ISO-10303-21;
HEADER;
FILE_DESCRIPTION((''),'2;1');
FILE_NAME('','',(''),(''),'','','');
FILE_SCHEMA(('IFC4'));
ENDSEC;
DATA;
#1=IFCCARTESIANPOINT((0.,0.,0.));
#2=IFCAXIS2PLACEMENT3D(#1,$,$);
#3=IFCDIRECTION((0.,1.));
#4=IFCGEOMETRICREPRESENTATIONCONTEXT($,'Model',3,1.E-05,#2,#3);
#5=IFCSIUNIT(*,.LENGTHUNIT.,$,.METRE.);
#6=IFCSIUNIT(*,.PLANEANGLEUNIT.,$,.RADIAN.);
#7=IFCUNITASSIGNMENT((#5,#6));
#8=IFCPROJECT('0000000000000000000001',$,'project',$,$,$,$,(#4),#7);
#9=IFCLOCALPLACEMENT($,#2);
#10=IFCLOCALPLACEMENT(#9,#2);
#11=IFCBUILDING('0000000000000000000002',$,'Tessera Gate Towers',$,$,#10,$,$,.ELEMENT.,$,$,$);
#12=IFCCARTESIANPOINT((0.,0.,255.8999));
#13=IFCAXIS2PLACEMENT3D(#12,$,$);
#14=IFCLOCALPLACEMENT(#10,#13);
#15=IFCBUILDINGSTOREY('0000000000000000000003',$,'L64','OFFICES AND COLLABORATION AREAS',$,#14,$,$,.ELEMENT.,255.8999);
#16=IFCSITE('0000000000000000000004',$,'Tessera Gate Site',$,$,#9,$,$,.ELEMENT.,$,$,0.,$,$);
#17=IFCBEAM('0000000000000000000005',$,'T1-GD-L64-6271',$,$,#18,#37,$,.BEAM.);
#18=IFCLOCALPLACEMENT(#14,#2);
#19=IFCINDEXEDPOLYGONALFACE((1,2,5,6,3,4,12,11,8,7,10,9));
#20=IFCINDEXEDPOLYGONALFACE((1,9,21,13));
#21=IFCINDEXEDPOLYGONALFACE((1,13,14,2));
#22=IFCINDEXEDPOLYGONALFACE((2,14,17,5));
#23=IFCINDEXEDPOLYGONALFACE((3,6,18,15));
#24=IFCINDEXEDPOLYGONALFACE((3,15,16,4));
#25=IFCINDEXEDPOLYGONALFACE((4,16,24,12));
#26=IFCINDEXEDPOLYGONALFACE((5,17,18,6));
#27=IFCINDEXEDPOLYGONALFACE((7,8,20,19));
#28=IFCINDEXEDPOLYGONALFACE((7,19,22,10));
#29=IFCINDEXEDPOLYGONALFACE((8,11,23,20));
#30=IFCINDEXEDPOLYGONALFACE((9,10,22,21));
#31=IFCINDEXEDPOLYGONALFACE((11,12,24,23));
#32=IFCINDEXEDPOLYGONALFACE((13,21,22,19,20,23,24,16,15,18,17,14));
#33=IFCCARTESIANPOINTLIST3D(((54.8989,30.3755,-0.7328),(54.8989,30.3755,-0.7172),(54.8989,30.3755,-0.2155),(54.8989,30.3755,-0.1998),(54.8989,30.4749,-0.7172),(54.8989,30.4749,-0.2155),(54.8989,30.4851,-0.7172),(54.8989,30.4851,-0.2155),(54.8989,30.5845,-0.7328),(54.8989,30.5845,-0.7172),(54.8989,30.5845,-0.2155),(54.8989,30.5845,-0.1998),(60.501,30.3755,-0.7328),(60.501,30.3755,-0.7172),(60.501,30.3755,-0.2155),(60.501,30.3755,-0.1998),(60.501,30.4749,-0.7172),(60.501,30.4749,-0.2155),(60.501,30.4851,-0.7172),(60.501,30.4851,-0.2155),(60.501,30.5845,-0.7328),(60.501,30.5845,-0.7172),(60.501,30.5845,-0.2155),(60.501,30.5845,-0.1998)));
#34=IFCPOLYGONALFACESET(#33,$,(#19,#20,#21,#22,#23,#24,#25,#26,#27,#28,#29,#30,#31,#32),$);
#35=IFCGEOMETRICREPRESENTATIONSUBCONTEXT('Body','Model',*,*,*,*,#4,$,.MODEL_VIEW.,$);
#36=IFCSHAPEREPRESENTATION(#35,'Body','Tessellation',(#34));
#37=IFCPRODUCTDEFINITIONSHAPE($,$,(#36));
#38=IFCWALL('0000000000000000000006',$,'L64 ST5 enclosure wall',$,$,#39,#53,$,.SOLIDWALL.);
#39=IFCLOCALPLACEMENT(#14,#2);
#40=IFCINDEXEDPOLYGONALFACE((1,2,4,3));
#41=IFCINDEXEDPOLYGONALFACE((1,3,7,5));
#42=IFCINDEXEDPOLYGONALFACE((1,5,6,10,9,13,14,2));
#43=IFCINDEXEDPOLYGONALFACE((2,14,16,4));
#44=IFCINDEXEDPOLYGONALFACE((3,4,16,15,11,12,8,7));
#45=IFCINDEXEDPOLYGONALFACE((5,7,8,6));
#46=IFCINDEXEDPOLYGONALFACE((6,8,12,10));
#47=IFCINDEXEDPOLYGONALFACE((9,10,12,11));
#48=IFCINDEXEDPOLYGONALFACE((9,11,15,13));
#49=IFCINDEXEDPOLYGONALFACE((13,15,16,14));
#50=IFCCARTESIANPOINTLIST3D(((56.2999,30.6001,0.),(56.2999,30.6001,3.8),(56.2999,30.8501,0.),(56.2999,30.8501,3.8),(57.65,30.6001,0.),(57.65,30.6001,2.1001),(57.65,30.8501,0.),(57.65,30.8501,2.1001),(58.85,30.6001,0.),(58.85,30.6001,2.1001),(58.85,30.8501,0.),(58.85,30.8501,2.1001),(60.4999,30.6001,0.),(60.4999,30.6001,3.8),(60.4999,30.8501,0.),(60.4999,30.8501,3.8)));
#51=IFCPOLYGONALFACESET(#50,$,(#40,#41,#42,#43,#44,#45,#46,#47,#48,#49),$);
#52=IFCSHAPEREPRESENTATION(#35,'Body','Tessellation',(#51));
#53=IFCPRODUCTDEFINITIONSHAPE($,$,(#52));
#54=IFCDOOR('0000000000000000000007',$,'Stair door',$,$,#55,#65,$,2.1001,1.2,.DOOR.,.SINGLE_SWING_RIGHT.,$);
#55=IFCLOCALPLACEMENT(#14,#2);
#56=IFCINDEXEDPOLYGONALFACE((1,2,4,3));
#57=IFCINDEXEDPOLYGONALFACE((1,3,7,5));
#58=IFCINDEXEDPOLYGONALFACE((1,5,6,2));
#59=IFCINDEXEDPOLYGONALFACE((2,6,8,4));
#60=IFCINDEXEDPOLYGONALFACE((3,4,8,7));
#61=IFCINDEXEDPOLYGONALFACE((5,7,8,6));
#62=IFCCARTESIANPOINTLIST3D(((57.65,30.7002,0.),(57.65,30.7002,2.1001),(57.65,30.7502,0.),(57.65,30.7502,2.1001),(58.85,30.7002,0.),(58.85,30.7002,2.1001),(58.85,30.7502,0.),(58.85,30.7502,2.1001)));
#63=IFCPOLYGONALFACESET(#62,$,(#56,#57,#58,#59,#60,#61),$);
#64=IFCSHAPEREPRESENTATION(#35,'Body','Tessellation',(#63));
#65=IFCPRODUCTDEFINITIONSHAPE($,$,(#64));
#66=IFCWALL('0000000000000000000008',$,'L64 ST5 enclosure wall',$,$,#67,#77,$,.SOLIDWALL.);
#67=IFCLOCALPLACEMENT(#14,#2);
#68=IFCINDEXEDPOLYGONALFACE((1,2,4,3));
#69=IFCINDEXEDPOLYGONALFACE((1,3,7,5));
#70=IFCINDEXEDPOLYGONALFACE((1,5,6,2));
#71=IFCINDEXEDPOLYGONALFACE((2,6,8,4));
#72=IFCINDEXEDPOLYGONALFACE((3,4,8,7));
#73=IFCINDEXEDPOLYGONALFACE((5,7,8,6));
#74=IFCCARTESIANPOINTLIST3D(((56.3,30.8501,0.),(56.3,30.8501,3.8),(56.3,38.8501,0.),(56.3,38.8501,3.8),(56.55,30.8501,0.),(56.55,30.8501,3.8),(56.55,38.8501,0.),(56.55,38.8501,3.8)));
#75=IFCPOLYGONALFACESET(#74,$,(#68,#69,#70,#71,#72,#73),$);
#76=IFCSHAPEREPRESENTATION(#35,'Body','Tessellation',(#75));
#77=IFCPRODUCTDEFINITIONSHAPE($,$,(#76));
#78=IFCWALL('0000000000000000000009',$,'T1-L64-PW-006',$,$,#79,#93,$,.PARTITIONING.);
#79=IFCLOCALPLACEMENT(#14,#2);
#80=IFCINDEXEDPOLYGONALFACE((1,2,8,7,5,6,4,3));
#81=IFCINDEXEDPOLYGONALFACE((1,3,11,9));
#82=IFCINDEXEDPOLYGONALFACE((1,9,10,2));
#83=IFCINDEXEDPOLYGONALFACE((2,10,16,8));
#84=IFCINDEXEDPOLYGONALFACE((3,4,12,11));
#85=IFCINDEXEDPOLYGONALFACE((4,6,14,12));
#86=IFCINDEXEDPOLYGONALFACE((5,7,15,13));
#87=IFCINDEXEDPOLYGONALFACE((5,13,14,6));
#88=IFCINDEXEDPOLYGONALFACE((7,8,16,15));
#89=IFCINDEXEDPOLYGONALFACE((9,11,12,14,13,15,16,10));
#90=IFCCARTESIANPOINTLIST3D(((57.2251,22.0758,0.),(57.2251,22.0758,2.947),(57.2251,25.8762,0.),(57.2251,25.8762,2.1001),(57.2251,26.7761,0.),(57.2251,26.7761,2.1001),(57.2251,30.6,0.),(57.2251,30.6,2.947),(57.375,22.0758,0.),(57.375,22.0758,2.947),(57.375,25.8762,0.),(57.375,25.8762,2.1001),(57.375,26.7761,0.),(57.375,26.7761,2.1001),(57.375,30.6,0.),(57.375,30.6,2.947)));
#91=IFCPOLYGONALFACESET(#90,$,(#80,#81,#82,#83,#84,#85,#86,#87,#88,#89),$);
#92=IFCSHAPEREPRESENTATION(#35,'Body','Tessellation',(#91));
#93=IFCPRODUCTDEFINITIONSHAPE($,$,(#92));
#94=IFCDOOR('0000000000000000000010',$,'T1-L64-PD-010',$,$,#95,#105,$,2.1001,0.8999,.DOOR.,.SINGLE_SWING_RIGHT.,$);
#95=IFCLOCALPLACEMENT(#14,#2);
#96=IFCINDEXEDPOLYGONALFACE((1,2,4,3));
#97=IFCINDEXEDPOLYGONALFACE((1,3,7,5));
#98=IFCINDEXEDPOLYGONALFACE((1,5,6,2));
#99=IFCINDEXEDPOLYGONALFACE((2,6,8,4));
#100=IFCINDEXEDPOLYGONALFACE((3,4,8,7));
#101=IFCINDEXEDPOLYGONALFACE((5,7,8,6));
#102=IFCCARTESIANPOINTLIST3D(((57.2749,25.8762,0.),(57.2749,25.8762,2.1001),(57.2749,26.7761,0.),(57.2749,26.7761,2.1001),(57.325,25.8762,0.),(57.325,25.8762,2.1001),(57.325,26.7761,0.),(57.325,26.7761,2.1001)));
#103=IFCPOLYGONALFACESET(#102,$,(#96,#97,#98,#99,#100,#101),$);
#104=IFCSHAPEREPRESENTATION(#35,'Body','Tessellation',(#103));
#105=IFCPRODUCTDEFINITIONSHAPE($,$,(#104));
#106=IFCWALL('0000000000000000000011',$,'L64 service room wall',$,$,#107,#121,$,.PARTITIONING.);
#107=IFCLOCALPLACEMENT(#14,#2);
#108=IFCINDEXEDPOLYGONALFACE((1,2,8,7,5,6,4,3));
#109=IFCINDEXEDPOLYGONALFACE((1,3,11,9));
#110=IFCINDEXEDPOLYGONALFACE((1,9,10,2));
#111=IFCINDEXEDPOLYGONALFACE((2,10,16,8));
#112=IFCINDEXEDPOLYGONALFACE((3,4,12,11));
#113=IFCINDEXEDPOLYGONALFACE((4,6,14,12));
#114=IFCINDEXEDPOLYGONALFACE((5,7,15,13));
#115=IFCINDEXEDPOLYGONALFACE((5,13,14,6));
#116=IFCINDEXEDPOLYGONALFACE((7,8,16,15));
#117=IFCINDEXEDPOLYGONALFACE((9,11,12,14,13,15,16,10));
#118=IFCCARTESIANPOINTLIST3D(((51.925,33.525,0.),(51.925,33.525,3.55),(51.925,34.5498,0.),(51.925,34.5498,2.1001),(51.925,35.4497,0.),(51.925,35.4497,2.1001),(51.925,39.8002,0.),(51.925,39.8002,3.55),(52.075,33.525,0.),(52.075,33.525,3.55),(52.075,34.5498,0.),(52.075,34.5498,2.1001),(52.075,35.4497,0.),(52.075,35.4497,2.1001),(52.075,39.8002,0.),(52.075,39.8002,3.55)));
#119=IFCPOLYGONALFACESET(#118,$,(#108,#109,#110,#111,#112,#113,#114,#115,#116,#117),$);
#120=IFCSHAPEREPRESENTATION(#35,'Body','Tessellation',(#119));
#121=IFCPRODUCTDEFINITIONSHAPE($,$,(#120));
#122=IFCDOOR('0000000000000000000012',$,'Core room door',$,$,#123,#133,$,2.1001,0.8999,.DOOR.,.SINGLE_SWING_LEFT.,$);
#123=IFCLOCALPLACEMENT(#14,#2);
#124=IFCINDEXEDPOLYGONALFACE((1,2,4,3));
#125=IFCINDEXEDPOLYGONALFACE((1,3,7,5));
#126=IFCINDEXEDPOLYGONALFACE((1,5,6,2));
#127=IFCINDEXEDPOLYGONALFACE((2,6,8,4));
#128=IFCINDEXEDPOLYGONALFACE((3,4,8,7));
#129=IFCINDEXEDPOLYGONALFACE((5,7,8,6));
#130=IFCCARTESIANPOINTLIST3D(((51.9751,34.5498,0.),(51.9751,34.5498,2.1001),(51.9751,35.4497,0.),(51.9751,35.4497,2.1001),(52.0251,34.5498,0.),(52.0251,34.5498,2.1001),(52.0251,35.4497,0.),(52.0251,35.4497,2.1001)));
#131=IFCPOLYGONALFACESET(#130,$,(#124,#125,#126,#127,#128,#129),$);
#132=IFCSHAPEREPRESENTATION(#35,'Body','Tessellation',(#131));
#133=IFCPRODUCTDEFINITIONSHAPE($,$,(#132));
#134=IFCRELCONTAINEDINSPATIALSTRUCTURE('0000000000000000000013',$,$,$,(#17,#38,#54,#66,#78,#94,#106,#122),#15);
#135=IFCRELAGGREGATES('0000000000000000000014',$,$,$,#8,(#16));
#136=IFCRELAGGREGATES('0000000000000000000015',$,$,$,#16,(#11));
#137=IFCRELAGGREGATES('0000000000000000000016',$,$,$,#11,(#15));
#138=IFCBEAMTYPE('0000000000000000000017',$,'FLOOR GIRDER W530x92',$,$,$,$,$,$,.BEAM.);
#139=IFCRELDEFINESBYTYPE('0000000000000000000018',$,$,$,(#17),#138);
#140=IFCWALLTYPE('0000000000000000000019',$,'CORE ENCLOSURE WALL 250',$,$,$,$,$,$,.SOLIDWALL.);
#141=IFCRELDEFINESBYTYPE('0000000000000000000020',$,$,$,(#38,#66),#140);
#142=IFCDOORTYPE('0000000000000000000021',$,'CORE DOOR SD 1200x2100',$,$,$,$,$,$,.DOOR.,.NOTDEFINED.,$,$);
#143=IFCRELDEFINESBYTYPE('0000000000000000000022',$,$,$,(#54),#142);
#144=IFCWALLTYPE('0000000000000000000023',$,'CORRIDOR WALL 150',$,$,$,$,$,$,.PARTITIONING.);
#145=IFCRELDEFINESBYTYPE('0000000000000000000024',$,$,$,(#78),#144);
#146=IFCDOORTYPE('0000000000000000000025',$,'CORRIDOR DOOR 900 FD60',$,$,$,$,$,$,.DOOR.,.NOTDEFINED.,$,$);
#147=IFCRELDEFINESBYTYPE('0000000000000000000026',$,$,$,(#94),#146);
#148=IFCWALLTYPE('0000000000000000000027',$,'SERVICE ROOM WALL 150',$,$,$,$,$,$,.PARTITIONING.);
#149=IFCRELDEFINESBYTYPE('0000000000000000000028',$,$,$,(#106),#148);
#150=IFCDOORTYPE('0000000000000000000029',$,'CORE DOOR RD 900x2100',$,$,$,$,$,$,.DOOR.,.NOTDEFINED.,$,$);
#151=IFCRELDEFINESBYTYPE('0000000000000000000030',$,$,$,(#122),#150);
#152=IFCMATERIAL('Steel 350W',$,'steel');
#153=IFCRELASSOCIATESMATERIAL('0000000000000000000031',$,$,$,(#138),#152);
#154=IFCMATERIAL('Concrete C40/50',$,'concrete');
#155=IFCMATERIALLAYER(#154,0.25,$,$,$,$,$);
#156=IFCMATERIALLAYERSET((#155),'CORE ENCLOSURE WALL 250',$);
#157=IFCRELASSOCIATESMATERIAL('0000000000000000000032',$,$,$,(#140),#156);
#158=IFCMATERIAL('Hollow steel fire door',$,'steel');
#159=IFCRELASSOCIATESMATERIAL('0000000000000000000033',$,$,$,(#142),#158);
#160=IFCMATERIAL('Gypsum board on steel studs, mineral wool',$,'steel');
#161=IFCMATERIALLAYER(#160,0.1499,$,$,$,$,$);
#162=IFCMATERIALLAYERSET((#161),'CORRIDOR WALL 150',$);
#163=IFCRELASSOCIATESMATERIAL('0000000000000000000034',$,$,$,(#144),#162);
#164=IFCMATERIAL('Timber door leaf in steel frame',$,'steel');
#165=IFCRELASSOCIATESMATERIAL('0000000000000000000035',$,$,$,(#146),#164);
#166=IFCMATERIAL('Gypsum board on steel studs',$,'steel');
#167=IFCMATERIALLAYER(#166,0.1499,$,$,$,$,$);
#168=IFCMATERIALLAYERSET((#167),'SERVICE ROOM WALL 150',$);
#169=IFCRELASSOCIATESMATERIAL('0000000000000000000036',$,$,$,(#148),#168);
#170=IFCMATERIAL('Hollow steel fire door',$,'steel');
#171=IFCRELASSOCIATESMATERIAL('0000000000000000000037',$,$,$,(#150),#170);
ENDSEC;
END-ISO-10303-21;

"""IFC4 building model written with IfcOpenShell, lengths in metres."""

from ifc_helpers import new_model, si_unit, direction, frame, frame_2d, origin, origin_2d, place, context, subcontext, project, spatial, rectangle, i_section, extrude, source, transform, mapped, material, layer, layer_set, material_profile, profile_set, type_object, element, fill, save


model = new_model("IFC4")

# Units and contexts
model_context = context("Model", 3, precision=1e-05, world=origin(), true_north=direction((0.0, 1.0)))
body_context = subcontext(model_context, "Body", "Model", "MODEL_VIEW")
ifc_project = project(units=[si_unit("LENGTHUNIT", "METRE"), si_unit("PLANEANGLEUNIT", "RADIAN")], contexts=[model_context])

# Site, building, storey
site_placement = place(None, origin())
site = spatial("IfcSite", under=ifc_project, at=site_placement, Name="Tessera Gate Site", CompositionType="ELEMENT", RefElevation=0.0)
building_placement = place(site_placement, origin())
building = spatial("IfcBuilding", under=site, at=building_placement, Name="Tessera Gate Towers", CompositionType="ELEMENT")
storey_placement = place(building_placement, frame((0.0, 0.0, 255.8999)))
storey = spatial("IfcBuildingStorey", under=building, at=storey_placement, Name="L64", Description="OFFICES AND COLLABORATION AREAS", CompositionType="ELEMENT", Elevation=255.8999)

# Beam
ifc_material_1 = material(Name="Steel 350W", Category="steel")
ifc_material_profile = material_profile(ifc_material_1, i_section(OverallWidth=0.209, OverallDepth=0.533, WebThickness=0.0103, FlangeThickness=0.0156, at=origin_2d()), Name="W530x92")
ifc_profile_set = profile_set([ifc_material_profile], Name="Steel 350W")
beam_type = type_object("IfcBeamType", Name="FLOOR GIRDER W530x92", PredefinedType="BEAM", material=ifc_profile_set)
beam_placement = place(storey_placement, frame((54.8989, 30.48, -0.4663), z_axis=(1.0, 0.0, 0.0), x_axis=(0.0, 1.0, 0.0)))
element("IfcBeam", 1, at=beam_placement, inside=storey, type_object=beam_type, Name="T1-GD-L64-6271", PredefinedType="BEAM", context=body_context, shape_type="SweptSolid", body=[
    extrude(i_section(OverallWidth=0.209, OverallDepth=0.533, WebThickness=0.0103, FlangeThickness=0.0156, at=origin_2d()), origin(), (0.0, 0.0, 1.0), 5.6021),
])

# Wall, opening, door
ifc_material_2 = material(Name="Concrete C40/50", Category="concrete")
ifc_layer_1 = layer(ifc_material_2, 0.25)
ifc_layer_set_1 = layer_set([ifc_layer_1], Name="CORE ENCLOSURE WALL 250")
wall_type_1 = type_object("IfcWallType", Name="CORE ENCLOSURE WALL 250", PredefinedType="SOLIDWALL", material=ifc_layer_set_1)
wall_1_placement = place(storey_placement, frame((60.5, 30.7251, 0.0), z_axis=(0.0, 0.0, 1.0), x_axis=(-1.0, 0.0, 0.0)))
wall_1 = element("IfcWall", 2, at=wall_1_placement, inside=storey, type_object=wall_type_1, Name="L64 ST5 enclosure wall", PredefinedType="SOLIDWALL", context=body_context, shape_type="SweptSolid", body=[
    extrude(rectangle(XDim=4.2, YDim=0.25, at=frame_2d((2.1001, 0.0))), origin(), (0.0, 0.0, 1.0), 3.8),
])
shared_shape_1 = source(origin(), body_context, "Body", "SweptSolid", [
    extrude(rectangle(XDim=1.2, YDim=2.1001, at=frame_2d((0.6001, 1.05))), frame((0.0, 0.135, 0.0), z_axis=(0.0, -1.0, 0.0), x_axis=(1.0, 0.0, 0.0)), (0.0, 0.0, 1.0), 0.27),
])
opening_1_placement = place(wall_1_placement, frame((1.6499, 0.0, 0.0)))
opening_1 = element("IfcOpeningElement", 3, at=opening_1_placement, cuts=wall_1, PredefinedType="OPENING", context=body_context, shape_type="MappedRepresentation", body=[
    mapped(shared_shape_1, transform((0.0, 0.0, 0.0), scale=1.0)),
])
ifc_material_3 = material(Name="Hollow steel fire door", Category="steel")
door_type_1 = type_object("IfcDoorType", Name="CORE DOOR SD 1200x2100", OperationType="NOTDEFINED", PredefinedType="DOOR", material=ifc_material_3)
shared_shape_2 = source(origin(), body_context, "Body", "SweptSolid", [
    extrude(rectangle(XDim=1.2, YDim=2.1001, at=frame_2d((0.6001, 1.05))), frame((0.0, 0.0249, 0.0), z_axis=(0.0, -1.0, 0.0), x_axis=(1.0, 0.0, 0.0)), (0.0, 0.0, 1.0), 0.05),
])
door_1_placement = place(opening_1_placement, origin())
door_1 = element("IfcDoor", 4, at=door_1_placement, inside=storey, type_object=door_type_1, Name="Stair door", OperationType="SINGLE_SWING_RIGHT", OverallHeight=2.1001, OverallWidth=1.2, PredefinedType="DOOR", context=body_context, shape_type="MappedRepresentation", body=[
    mapped(shared_shape_2, transform((0.0, 0.0, 0.0), scale=1.0)),
])
fill(opening_1, door_1)

# Wall
wall_2_placement = place(storey_placement, frame((56.425, 30.8501, 0.0), z_axis=(0.0, 0.0, 1.0), x_axis=(0.0, 1.0, 0.0)))
element("IfcWall", 5, at=wall_2_placement, inside=storey, type_object=wall_type_1, Name="L64 ST5 enclosure wall", PredefinedType="SOLIDWALL", context=body_context, shape_type="SweptSolid", body=[
    extrude(rectangle(XDim=8.0, YDim=0.25, at=frame_2d((4.0, 0.0))), origin(), (0.0, 0.0, 1.0), 3.8),
])

# Walls, openings, doors
ifc_material_4 = material(Name="Gypsum board on steel studs, mineral wool", Category="steel")
ifc_layer_2 = layer(ifc_material_4, 0.1499)
ifc_layer_set_2 = layer_set([ifc_layer_2], Name="CORRIDOR WALL 150")
wall_type_2 = type_object("IfcWallType", Name="CORRIDOR WALL 150", PredefinedType="PARTITIONING", material=ifc_layer_set_2)
wall_3_placement = place(storey_placement, frame((57.3, 30.6001, 0.0), z_axis=(0.0, 0.0, 1.0), x_axis=(0.0, -1.0, 0.0)))
wall_3 = element("IfcWall", 6, at=wall_3_placement, inside=storey, type_object=wall_type_2, Name="T1-L64-PW-006", PredefinedType="PARTITIONING", context=body_context, shape_type="SweptSolid", body=[
    extrude(rectangle(XDim=8.5242, YDim=0.1499, at=frame_2d((4.2622, 0.0))), origin(), (0.0, 0.0, 1.0), 2.947),
])
shared_shape_3 = source(origin(), body_context, "Body", "SweptSolid", [
    extrude(rectangle(XDim=0.8999, YDim=2.1001, at=frame_2d((0.45, 1.05))), frame((0.0, 0.085, 0.0), z_axis=(0.0, -1.0, 0.0), x_axis=(1.0, 0.0, 0.0)), (0.0, 0.0, 1.0), 0.1699),
])
opening_2_placement = place(wall_3_placement, frame((3.824, 0.0, 0.0)))
opening_2 = element("IfcOpeningElement", 7, at=opening_2_placement, cuts=wall_3, PredefinedType="OPENING", context=body_context, shape_type="MappedRepresentation", body=[
    mapped(shared_shape_3, transform((0.0, 0.0, 0.0), scale=1.0)),
])
ifc_material_5 = material(Name="Timber door leaf in steel frame", Category="steel")
door_type_2 = type_object("IfcDoorType", Name="CORRIDOR DOOR 900 FD60", OperationType="NOTDEFINED", PredefinedType="DOOR", material=ifc_material_5)
shared_shape_4 = source(origin(), body_context, "Body", "SweptSolid", [
    extrude(rectangle(XDim=0.8999, YDim=2.1001, at=frame_2d((0.45, 1.05))), frame((0.0, 0.0249, 0.0), z_axis=(0.0, -1.0, 0.0), x_axis=(1.0, 0.0, 0.0)), (0.0, 0.0, 1.0), 0.05),
])
door_2_placement = place(opening_2_placement, origin())
door_2 = element("IfcDoor", 8, at=door_2_placement, inside=storey, type_object=door_type_2, Name="T1-L64-PD-010", OperationType="SINGLE_SWING_RIGHT", OverallHeight=2.1001, OverallWidth=0.8999, PredefinedType="DOOR", context=body_context, shape_type="MappedRepresentation", body=[
    mapped(shared_shape_4, transform((0.0, 0.0, 0.0), scale=1.0)),
])
fill(opening_2, door_2)
ifc_material_6 = material(Name="Gypsum board on steel studs", Category="steel")
ifc_layer_3 = layer(ifc_material_6, 0.1499)
ifc_layer_set_3 = layer_set([ifc_layer_3], Name="SERVICE ROOM WALL 150")
wall_type_3 = type_object("IfcWallType", Name="SERVICE ROOM WALL 150", PredefinedType="PARTITIONING", material=ifc_layer_set_3)
wall_4_placement = place(storey_placement, frame((52.0, 33.5249, 0.0), z_axis=(0.0, 0.0, 1.0), x_axis=(0.0, 1.0, 0.0)))
wall_4 = element("IfcWall", 9, at=wall_4_placement, inside=storey, type_object=wall_type_3, Name="L64 service room wall", PredefinedType="PARTITIONING", context=body_context, shape_type="SweptSolid", body=[
    extrude(rectangle(XDim=6.2751, YDim=0.1499, at=frame_2d((3.1377, 0.0))), origin(), (0.0, 0.0, 1.0), 3.55),
])
opening_3_placement = place(wall_4_placement, frame((1.0249, 0.0, 0.0)))
opening_3 = element("IfcOpeningElement", 10, at=opening_3_placement, cuts=wall_4, PredefinedType="OPENING", context=body_context, shape_type="MappedRepresentation", body=[
    mapped(shared_shape_3, transform((0.0, 0.0, 0.0), scale=1.0)),
])
ifc_material_7 = material(Name="Hollow steel fire door", Category="steel")
door_type_3 = type_object("IfcDoorType", Name="CORE DOOR RD 900x2100", OperationType="NOTDEFINED", PredefinedType="DOOR", material=ifc_material_7)
door_3_placement = place(opening_3_placement, origin())
door_3 = element("IfcDoor", 11, at=door_3_placement, inside=storey, type_object=door_type_3, Name="Core room door", OperationType="SINGLE_SWING_LEFT", OverallHeight=2.1001, OverallWidth=0.8999, PredefinedType="DOOR", context=body_context, shape_type="MappedRepresentation", body=[
    mapped(shared_shape_4, transform((0.0, 0.0, 0.0), scale=1.0)),
])
fill(opening_3, door_3)

save(model, "model.ifc")
